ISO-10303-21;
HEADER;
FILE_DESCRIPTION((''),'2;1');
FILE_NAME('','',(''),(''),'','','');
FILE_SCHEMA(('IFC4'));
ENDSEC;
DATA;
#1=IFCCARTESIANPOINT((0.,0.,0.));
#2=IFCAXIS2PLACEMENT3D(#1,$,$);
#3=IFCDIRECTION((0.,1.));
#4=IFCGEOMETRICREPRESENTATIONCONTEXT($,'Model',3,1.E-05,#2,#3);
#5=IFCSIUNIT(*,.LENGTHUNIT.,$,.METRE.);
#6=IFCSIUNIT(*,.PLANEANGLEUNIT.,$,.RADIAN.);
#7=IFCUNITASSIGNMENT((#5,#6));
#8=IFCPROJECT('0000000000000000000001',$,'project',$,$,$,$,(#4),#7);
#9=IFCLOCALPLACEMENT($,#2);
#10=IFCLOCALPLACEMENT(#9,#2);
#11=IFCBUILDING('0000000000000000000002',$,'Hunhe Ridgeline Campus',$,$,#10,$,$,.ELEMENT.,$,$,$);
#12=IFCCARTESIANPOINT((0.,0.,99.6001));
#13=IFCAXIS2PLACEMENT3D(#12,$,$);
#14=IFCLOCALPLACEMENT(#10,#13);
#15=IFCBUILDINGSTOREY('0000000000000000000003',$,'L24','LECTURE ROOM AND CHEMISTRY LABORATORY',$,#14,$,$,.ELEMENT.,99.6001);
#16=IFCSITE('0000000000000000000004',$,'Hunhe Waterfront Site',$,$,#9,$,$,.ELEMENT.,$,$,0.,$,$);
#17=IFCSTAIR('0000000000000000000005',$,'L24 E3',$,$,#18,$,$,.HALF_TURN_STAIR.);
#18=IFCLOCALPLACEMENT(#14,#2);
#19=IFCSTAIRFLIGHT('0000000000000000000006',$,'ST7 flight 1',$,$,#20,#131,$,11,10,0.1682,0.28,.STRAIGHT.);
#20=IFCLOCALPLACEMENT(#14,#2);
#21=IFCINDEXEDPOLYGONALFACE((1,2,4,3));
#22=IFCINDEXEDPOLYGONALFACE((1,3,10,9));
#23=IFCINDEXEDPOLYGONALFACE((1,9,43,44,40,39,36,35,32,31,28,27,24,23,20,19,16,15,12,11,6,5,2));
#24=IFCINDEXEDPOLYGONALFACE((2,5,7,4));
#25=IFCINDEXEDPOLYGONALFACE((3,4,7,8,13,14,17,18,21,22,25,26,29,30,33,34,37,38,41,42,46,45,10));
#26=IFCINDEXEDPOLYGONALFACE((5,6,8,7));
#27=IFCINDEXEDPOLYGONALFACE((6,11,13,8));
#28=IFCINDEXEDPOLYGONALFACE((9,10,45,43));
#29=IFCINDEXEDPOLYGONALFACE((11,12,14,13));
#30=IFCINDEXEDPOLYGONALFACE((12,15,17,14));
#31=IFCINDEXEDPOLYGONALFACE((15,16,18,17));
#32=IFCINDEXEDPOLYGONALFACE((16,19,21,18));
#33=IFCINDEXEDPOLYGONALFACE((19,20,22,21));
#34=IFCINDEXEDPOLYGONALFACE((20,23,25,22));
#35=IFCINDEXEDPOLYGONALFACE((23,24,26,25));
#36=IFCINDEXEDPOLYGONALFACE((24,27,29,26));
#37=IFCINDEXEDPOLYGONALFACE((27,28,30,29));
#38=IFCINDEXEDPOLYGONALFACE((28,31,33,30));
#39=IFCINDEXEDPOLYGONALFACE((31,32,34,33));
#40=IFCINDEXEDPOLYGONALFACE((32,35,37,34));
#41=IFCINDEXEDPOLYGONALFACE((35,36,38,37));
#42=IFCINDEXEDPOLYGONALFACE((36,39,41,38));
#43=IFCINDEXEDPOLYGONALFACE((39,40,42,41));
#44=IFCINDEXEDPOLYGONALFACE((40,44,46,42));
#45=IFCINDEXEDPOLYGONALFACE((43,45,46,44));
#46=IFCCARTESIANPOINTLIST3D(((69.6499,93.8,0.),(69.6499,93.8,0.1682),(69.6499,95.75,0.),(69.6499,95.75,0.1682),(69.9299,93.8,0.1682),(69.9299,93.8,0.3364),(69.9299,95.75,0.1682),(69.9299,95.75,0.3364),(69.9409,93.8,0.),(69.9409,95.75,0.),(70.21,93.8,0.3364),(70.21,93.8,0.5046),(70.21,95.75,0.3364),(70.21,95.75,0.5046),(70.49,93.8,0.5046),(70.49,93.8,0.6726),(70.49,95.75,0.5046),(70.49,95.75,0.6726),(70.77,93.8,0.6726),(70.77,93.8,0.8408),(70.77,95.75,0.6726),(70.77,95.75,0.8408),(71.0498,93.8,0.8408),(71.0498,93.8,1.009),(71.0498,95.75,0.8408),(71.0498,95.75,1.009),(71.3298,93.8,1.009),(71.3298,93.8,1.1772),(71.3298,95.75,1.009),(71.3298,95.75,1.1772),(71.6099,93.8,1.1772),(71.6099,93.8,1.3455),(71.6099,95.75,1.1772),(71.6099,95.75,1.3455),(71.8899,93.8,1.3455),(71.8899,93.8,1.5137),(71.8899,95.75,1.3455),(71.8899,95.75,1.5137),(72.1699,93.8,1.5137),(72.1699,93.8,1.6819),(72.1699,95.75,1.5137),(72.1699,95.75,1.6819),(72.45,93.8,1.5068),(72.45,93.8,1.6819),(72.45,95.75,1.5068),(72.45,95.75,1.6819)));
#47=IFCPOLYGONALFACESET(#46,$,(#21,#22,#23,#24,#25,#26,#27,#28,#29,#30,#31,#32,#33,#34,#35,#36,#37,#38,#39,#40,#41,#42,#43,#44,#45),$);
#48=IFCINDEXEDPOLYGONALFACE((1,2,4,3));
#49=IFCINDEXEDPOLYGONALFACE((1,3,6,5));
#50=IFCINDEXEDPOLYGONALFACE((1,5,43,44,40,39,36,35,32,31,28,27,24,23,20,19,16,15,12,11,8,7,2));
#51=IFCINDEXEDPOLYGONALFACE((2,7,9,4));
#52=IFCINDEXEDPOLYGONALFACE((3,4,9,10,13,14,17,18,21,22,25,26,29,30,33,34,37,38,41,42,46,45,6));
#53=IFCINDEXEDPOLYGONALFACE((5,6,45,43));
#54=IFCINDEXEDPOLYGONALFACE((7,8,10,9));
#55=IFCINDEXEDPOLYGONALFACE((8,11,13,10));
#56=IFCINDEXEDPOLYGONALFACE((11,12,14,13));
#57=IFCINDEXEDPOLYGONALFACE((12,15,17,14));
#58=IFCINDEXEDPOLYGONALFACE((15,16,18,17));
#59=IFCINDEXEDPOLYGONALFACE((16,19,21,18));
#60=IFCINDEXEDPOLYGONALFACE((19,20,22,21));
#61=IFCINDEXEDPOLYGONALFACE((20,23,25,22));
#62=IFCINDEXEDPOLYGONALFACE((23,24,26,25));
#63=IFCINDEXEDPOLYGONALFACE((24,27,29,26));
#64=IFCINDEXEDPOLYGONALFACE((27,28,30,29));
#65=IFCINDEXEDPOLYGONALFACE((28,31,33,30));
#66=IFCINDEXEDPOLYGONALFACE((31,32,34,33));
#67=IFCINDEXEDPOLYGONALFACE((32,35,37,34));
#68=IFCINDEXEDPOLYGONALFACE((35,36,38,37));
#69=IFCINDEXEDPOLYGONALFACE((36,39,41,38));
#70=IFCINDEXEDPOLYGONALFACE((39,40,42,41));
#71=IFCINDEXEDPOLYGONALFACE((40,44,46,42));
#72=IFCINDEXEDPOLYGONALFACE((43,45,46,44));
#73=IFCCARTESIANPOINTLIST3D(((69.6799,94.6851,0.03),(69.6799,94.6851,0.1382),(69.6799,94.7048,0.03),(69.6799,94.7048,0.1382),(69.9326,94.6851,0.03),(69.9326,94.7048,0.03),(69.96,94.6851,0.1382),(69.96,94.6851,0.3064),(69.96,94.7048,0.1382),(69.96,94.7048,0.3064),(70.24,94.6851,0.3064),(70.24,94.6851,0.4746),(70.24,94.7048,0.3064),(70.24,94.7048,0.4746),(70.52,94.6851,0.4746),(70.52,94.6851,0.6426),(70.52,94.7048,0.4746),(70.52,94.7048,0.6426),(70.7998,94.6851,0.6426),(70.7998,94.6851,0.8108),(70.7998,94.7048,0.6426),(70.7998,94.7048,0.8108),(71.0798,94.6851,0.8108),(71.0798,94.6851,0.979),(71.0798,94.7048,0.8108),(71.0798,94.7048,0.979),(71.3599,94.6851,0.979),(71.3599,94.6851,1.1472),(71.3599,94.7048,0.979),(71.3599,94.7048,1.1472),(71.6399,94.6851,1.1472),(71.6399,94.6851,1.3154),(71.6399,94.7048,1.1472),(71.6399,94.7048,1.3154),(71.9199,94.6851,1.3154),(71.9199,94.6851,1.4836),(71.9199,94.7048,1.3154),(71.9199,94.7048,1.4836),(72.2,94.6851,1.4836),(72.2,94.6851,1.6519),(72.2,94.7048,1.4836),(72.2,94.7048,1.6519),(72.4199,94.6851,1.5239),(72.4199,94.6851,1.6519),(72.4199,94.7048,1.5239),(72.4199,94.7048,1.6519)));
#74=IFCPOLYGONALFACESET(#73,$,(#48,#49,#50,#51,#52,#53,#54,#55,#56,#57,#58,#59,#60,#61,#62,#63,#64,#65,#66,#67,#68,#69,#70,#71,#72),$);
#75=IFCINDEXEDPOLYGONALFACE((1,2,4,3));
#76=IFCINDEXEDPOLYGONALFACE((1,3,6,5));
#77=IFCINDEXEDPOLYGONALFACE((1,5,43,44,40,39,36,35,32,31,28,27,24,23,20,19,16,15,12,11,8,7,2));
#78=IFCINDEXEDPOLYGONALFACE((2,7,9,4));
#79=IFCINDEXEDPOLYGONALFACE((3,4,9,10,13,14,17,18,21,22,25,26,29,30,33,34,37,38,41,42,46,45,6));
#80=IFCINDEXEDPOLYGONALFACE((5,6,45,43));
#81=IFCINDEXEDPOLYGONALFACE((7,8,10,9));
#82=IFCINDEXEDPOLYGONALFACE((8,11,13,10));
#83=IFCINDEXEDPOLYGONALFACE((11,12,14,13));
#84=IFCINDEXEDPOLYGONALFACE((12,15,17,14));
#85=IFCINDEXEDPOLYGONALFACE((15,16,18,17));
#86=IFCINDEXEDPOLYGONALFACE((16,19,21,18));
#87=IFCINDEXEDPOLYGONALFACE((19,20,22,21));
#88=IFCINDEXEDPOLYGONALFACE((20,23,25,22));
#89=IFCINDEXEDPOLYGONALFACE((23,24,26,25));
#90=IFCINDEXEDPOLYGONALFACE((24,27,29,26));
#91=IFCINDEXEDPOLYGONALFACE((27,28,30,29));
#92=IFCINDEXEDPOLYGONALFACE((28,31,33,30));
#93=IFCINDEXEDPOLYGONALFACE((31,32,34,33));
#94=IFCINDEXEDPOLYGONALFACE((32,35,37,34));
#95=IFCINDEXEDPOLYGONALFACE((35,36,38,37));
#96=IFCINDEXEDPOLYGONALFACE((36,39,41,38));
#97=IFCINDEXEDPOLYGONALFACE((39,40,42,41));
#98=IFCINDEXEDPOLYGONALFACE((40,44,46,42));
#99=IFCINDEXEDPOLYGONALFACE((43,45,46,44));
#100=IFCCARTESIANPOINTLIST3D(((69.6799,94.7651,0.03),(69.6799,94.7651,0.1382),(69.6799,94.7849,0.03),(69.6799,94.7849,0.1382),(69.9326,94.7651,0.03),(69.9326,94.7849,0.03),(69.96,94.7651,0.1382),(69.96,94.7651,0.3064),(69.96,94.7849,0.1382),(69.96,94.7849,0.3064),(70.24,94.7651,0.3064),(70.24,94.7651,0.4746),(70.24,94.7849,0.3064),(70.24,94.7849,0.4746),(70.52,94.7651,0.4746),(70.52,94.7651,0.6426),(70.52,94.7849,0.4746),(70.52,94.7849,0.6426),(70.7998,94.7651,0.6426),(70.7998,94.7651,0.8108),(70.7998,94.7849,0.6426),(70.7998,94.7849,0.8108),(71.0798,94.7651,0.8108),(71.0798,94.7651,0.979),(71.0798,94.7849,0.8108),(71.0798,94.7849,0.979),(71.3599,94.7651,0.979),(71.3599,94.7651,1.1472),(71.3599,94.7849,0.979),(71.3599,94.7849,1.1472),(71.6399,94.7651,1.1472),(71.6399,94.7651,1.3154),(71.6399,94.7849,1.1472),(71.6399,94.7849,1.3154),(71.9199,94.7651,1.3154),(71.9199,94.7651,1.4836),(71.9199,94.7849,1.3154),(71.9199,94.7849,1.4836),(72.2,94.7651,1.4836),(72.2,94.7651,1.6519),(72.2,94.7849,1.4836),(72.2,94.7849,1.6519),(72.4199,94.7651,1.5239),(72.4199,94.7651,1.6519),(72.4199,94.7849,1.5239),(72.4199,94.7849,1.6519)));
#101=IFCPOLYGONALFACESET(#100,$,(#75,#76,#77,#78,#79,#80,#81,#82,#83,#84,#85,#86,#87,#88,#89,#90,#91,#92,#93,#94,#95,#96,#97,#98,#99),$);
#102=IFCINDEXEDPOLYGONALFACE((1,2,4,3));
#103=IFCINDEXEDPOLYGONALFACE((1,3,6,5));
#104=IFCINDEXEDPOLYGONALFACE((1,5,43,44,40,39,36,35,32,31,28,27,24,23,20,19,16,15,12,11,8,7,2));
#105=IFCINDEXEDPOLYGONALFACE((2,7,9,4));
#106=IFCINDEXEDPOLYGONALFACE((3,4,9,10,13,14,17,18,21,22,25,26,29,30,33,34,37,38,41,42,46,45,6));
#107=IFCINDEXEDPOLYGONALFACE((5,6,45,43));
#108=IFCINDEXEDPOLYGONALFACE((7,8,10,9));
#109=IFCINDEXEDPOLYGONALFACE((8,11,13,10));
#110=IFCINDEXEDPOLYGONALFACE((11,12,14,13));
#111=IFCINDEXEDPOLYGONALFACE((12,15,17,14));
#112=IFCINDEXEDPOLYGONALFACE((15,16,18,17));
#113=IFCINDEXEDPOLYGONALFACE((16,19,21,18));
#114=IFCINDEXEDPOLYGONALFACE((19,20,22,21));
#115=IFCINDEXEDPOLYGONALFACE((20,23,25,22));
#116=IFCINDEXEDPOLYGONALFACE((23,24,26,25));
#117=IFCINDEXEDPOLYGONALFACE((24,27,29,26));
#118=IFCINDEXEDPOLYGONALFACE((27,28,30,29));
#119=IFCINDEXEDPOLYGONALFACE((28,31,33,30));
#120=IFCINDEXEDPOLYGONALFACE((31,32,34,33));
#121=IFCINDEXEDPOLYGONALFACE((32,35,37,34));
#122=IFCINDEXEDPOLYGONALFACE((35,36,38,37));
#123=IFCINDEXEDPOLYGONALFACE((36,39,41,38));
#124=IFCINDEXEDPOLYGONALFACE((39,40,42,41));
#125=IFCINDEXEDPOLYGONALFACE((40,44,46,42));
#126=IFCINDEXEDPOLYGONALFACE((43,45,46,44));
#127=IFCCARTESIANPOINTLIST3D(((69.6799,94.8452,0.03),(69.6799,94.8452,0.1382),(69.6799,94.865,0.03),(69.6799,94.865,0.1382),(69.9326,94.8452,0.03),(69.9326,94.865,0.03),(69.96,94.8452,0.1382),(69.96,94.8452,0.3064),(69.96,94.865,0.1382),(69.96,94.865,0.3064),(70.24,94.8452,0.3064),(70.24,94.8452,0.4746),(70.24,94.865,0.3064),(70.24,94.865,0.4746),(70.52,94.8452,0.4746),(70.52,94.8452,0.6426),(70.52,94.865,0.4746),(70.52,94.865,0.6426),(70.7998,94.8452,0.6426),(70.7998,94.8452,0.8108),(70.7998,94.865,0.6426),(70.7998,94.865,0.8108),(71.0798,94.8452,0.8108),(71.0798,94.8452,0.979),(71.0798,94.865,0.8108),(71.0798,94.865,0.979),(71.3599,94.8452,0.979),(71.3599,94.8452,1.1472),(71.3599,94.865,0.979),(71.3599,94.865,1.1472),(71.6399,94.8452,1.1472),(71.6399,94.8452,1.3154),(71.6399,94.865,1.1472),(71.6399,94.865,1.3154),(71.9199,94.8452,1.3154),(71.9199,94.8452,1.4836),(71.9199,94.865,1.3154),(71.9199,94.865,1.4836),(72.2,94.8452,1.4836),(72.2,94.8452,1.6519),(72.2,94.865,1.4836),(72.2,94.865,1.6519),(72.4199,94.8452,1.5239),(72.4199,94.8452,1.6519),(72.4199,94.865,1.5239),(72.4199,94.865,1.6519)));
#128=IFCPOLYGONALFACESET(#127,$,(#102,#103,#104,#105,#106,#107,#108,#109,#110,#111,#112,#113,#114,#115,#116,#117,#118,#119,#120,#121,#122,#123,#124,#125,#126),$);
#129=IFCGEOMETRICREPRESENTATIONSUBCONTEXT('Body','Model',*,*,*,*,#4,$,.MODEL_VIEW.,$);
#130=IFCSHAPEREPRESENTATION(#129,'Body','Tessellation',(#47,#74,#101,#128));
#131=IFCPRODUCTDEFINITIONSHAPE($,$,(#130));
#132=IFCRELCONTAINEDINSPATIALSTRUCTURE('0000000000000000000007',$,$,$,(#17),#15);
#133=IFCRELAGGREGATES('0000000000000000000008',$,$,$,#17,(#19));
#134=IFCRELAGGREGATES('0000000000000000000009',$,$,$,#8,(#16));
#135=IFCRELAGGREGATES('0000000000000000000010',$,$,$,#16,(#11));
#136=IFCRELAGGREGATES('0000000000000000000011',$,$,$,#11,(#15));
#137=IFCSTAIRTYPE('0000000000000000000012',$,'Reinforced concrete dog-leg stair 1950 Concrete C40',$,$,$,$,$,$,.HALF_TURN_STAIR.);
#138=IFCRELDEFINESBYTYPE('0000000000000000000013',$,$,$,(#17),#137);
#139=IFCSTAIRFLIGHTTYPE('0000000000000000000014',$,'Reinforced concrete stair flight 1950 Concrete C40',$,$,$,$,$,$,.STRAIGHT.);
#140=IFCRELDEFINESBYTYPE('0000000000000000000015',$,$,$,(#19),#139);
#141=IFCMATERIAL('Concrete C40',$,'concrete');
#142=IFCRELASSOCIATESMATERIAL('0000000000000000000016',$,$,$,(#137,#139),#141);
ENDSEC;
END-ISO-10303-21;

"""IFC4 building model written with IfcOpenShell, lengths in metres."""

from ifc_helpers import new_model, si_unit, direction, frame, origin, place, context, subcontext, project, spatial, polyline, outline, extrude, material, type_object, element, aggregate, save


model = new_model("IFC4")

# Units and contexts
model_context = context("Model", 3, precision=1e-05, world=origin(), true_north=direction((0.0, 1.0)))
body_context = subcontext(model_context, "Body", "Model", "MODEL_VIEW")
ifc_project = project(units=[si_unit("LENGTHUNIT", "METRE"), si_unit("PLANEANGLEUNIT", "RADIAN")], contexts=[model_context])

# Site, building, storey
site_placement = place(None, origin())
site = spatial("IfcSite", under=ifc_project, at=site_placement, Name="Hunhe Waterfront Site", CompositionType="ELEMENT", RefElevation=0.0)
building_placement = place(site_placement, origin())
building = spatial("IfcBuilding", under=site, at=building_placement, Name="Hunhe Ridgeline Campus", CompositionType="ELEMENT")
storey_placement = place(building_placement, frame((0.0, 0.0, 99.6001)))
storey = spatial("IfcBuildingStorey", under=building, at=storey_placement, Name="L24", Description="LECTURE ROOM AND CHEMISTRY LABORATORY", CompositionType="ELEMENT", Elevation=99.6001)

# Shared definitions
ifc_material_1 = material(Name="Concrete C40", Category="concrete")
stair_type = type_object("IfcStairType", Name="Reinforced concrete dog-leg stair 1950 Concrete C40", PredefinedType="HALF_TURN_STAIR", material=ifc_material_1)
stair_flight_type = type_object("IfcStairFlightType", Name="Reinforced concrete stair flight 1950 Concrete C40", PredefinedType="STRAIGHT", material=ifc_material_1)

# Stair, stair flight
stair_1_placement = place(storey_placement, origin())
stair_1 = element("IfcStair", 1, at=stair_1_placement, inside=storey, type_object=stair_type, Name="L24 E3", PredefinedType="HALF_TURN_STAIR")
stair_flight_1_placement = place(storey_placement, frame((69.6499, 94.7749, 0.0), z_axis=(0.0, 0.0, 1.0), x_axis=(1.0, 0.0, 0.0)))
stair_flight_1 = element("IfcStairFlight", 2, at=stair_flight_1_placement, type_object=stair_flight_type, Name="ST7 flight 1", NumberOfRisers=11, NumberOfTreads=10, PredefinedType="STRAIGHT", RiserHeight=0.1682, TreadLength=0.28, context=body_context, shape_type="SweptSolid", body=[
    extrude(outline(polyline([(0.0, 0.0), (0.0, 0.1682), (0.28, 0.1682), (0.28, 0.3364), (0.5601, 0.3364), (0.5601, 0.5046), (0.8401, 0.5046), (0.8401, 0.6726), (1.1201, 0.6726), (1.1201, 0.8408), (1.3999, 0.8408), (1.3999, 1.009), (1.6799, 1.009), (1.6799, 1.1772), (1.96, 1.1772), (1.96, 1.3455), (2.24, 1.3455), (2.24, 1.5137), (2.52, 1.5137), (2.52, 1.6819), (2.8, 1.6819), (2.8, 1.8501), (2.8, 1.5068), (0.291, 0.0), (0.0, 0.0)])), frame((0.0, 0.9751, 0.0), z_axis=(0.0, -1.0, 0.0), x_axis=(1.0, 0.0, 0.0)), (0.0, 0.0, 1.0), 1.95),
    extrude(outline(polyline([(0.03, 0.03), (0.03, 0.1382), (0.3101, 0.1382), (0.3101, 0.3064), (0.5901, 0.3064), (0.5901, 0.4746), (0.8701, 0.4746), (0.8701, 0.6426), (1.1499, 0.6426), (1.1499, 0.8108), (1.4299, 0.8108), (1.4299, 0.979), (1.71, 0.979), (1.71, 1.1472), (1.99, 1.1472), (1.99, 1.3154), (2.27, 1.3154), (2.27, 1.4836), (2.55, 1.4836), (2.55, 1.6519), (2.77, 1.6519), (2.77, 1.5239), (0.2827, 0.03), (0.03, 0.03)])), frame((0.0, -0.0701, 0.0), z_axis=(0.0, -1.0, 0.0), x_axis=(1.0, 0.0, 0.0)), (0.0, 0.0, 1.0), 0.0198),
    extrude(outline(polyline([(0.03, 0.03), (0.03, 0.1382), (0.3101, 0.1382), (0.3101, 0.3064), (0.5901, 0.3064), (0.5901, 0.4746), (0.8701, 0.4746), (0.8701, 0.6426), (1.1499, 0.6426), (1.1499, 0.8108), (1.4299, 0.8108), (1.4299, 0.979), (1.71, 0.979), (1.71, 1.1472), (1.99, 1.1472), (1.99, 1.3154), (2.27, 1.3154), (2.27, 1.4836), (2.55, 1.4836), (2.55, 1.6519), (2.77, 1.6519), (2.77, 1.5239), (0.2827, 0.03), (0.03, 0.03)])), frame((0.0, 0.01, 0.0), z_axis=(0.0, -1.0, 0.0), x_axis=(1.0, 0.0, 0.0)), (0.0, 0.0, 1.0), 0.0198),
    extrude(outline(polyline([(0.03, 0.03), (0.03, 0.1382), (0.3101, 0.1382), (0.3101, 0.3064), (0.5901, 0.3064), (0.5901, 0.4746), (0.8701, 0.4746), (0.8701, 0.6426), (1.1499, 0.6426), (1.1499, 0.8108), (1.4299, 0.8108), (1.4299, 0.979), (1.71, 0.979), (1.71, 1.1472), (1.99, 1.1472), (1.99, 1.3154), (2.27, 1.3154), (2.27, 1.4836), (2.55, 1.4836), (2.55, 1.6519), (2.77, 1.6519), (2.77, 1.5239), (0.2827, 0.03), (0.03, 0.03)])), frame((0.0, 0.0901, 0.0), z_axis=(0.0, -1.0, 0.0), x_axis=(1.0, 0.0, 0.0)), (0.0, 0.0, 1.0), 0.0198),
])
aggregate(stair_1, [stair_flight_1])

save(model, "model.ifc")
